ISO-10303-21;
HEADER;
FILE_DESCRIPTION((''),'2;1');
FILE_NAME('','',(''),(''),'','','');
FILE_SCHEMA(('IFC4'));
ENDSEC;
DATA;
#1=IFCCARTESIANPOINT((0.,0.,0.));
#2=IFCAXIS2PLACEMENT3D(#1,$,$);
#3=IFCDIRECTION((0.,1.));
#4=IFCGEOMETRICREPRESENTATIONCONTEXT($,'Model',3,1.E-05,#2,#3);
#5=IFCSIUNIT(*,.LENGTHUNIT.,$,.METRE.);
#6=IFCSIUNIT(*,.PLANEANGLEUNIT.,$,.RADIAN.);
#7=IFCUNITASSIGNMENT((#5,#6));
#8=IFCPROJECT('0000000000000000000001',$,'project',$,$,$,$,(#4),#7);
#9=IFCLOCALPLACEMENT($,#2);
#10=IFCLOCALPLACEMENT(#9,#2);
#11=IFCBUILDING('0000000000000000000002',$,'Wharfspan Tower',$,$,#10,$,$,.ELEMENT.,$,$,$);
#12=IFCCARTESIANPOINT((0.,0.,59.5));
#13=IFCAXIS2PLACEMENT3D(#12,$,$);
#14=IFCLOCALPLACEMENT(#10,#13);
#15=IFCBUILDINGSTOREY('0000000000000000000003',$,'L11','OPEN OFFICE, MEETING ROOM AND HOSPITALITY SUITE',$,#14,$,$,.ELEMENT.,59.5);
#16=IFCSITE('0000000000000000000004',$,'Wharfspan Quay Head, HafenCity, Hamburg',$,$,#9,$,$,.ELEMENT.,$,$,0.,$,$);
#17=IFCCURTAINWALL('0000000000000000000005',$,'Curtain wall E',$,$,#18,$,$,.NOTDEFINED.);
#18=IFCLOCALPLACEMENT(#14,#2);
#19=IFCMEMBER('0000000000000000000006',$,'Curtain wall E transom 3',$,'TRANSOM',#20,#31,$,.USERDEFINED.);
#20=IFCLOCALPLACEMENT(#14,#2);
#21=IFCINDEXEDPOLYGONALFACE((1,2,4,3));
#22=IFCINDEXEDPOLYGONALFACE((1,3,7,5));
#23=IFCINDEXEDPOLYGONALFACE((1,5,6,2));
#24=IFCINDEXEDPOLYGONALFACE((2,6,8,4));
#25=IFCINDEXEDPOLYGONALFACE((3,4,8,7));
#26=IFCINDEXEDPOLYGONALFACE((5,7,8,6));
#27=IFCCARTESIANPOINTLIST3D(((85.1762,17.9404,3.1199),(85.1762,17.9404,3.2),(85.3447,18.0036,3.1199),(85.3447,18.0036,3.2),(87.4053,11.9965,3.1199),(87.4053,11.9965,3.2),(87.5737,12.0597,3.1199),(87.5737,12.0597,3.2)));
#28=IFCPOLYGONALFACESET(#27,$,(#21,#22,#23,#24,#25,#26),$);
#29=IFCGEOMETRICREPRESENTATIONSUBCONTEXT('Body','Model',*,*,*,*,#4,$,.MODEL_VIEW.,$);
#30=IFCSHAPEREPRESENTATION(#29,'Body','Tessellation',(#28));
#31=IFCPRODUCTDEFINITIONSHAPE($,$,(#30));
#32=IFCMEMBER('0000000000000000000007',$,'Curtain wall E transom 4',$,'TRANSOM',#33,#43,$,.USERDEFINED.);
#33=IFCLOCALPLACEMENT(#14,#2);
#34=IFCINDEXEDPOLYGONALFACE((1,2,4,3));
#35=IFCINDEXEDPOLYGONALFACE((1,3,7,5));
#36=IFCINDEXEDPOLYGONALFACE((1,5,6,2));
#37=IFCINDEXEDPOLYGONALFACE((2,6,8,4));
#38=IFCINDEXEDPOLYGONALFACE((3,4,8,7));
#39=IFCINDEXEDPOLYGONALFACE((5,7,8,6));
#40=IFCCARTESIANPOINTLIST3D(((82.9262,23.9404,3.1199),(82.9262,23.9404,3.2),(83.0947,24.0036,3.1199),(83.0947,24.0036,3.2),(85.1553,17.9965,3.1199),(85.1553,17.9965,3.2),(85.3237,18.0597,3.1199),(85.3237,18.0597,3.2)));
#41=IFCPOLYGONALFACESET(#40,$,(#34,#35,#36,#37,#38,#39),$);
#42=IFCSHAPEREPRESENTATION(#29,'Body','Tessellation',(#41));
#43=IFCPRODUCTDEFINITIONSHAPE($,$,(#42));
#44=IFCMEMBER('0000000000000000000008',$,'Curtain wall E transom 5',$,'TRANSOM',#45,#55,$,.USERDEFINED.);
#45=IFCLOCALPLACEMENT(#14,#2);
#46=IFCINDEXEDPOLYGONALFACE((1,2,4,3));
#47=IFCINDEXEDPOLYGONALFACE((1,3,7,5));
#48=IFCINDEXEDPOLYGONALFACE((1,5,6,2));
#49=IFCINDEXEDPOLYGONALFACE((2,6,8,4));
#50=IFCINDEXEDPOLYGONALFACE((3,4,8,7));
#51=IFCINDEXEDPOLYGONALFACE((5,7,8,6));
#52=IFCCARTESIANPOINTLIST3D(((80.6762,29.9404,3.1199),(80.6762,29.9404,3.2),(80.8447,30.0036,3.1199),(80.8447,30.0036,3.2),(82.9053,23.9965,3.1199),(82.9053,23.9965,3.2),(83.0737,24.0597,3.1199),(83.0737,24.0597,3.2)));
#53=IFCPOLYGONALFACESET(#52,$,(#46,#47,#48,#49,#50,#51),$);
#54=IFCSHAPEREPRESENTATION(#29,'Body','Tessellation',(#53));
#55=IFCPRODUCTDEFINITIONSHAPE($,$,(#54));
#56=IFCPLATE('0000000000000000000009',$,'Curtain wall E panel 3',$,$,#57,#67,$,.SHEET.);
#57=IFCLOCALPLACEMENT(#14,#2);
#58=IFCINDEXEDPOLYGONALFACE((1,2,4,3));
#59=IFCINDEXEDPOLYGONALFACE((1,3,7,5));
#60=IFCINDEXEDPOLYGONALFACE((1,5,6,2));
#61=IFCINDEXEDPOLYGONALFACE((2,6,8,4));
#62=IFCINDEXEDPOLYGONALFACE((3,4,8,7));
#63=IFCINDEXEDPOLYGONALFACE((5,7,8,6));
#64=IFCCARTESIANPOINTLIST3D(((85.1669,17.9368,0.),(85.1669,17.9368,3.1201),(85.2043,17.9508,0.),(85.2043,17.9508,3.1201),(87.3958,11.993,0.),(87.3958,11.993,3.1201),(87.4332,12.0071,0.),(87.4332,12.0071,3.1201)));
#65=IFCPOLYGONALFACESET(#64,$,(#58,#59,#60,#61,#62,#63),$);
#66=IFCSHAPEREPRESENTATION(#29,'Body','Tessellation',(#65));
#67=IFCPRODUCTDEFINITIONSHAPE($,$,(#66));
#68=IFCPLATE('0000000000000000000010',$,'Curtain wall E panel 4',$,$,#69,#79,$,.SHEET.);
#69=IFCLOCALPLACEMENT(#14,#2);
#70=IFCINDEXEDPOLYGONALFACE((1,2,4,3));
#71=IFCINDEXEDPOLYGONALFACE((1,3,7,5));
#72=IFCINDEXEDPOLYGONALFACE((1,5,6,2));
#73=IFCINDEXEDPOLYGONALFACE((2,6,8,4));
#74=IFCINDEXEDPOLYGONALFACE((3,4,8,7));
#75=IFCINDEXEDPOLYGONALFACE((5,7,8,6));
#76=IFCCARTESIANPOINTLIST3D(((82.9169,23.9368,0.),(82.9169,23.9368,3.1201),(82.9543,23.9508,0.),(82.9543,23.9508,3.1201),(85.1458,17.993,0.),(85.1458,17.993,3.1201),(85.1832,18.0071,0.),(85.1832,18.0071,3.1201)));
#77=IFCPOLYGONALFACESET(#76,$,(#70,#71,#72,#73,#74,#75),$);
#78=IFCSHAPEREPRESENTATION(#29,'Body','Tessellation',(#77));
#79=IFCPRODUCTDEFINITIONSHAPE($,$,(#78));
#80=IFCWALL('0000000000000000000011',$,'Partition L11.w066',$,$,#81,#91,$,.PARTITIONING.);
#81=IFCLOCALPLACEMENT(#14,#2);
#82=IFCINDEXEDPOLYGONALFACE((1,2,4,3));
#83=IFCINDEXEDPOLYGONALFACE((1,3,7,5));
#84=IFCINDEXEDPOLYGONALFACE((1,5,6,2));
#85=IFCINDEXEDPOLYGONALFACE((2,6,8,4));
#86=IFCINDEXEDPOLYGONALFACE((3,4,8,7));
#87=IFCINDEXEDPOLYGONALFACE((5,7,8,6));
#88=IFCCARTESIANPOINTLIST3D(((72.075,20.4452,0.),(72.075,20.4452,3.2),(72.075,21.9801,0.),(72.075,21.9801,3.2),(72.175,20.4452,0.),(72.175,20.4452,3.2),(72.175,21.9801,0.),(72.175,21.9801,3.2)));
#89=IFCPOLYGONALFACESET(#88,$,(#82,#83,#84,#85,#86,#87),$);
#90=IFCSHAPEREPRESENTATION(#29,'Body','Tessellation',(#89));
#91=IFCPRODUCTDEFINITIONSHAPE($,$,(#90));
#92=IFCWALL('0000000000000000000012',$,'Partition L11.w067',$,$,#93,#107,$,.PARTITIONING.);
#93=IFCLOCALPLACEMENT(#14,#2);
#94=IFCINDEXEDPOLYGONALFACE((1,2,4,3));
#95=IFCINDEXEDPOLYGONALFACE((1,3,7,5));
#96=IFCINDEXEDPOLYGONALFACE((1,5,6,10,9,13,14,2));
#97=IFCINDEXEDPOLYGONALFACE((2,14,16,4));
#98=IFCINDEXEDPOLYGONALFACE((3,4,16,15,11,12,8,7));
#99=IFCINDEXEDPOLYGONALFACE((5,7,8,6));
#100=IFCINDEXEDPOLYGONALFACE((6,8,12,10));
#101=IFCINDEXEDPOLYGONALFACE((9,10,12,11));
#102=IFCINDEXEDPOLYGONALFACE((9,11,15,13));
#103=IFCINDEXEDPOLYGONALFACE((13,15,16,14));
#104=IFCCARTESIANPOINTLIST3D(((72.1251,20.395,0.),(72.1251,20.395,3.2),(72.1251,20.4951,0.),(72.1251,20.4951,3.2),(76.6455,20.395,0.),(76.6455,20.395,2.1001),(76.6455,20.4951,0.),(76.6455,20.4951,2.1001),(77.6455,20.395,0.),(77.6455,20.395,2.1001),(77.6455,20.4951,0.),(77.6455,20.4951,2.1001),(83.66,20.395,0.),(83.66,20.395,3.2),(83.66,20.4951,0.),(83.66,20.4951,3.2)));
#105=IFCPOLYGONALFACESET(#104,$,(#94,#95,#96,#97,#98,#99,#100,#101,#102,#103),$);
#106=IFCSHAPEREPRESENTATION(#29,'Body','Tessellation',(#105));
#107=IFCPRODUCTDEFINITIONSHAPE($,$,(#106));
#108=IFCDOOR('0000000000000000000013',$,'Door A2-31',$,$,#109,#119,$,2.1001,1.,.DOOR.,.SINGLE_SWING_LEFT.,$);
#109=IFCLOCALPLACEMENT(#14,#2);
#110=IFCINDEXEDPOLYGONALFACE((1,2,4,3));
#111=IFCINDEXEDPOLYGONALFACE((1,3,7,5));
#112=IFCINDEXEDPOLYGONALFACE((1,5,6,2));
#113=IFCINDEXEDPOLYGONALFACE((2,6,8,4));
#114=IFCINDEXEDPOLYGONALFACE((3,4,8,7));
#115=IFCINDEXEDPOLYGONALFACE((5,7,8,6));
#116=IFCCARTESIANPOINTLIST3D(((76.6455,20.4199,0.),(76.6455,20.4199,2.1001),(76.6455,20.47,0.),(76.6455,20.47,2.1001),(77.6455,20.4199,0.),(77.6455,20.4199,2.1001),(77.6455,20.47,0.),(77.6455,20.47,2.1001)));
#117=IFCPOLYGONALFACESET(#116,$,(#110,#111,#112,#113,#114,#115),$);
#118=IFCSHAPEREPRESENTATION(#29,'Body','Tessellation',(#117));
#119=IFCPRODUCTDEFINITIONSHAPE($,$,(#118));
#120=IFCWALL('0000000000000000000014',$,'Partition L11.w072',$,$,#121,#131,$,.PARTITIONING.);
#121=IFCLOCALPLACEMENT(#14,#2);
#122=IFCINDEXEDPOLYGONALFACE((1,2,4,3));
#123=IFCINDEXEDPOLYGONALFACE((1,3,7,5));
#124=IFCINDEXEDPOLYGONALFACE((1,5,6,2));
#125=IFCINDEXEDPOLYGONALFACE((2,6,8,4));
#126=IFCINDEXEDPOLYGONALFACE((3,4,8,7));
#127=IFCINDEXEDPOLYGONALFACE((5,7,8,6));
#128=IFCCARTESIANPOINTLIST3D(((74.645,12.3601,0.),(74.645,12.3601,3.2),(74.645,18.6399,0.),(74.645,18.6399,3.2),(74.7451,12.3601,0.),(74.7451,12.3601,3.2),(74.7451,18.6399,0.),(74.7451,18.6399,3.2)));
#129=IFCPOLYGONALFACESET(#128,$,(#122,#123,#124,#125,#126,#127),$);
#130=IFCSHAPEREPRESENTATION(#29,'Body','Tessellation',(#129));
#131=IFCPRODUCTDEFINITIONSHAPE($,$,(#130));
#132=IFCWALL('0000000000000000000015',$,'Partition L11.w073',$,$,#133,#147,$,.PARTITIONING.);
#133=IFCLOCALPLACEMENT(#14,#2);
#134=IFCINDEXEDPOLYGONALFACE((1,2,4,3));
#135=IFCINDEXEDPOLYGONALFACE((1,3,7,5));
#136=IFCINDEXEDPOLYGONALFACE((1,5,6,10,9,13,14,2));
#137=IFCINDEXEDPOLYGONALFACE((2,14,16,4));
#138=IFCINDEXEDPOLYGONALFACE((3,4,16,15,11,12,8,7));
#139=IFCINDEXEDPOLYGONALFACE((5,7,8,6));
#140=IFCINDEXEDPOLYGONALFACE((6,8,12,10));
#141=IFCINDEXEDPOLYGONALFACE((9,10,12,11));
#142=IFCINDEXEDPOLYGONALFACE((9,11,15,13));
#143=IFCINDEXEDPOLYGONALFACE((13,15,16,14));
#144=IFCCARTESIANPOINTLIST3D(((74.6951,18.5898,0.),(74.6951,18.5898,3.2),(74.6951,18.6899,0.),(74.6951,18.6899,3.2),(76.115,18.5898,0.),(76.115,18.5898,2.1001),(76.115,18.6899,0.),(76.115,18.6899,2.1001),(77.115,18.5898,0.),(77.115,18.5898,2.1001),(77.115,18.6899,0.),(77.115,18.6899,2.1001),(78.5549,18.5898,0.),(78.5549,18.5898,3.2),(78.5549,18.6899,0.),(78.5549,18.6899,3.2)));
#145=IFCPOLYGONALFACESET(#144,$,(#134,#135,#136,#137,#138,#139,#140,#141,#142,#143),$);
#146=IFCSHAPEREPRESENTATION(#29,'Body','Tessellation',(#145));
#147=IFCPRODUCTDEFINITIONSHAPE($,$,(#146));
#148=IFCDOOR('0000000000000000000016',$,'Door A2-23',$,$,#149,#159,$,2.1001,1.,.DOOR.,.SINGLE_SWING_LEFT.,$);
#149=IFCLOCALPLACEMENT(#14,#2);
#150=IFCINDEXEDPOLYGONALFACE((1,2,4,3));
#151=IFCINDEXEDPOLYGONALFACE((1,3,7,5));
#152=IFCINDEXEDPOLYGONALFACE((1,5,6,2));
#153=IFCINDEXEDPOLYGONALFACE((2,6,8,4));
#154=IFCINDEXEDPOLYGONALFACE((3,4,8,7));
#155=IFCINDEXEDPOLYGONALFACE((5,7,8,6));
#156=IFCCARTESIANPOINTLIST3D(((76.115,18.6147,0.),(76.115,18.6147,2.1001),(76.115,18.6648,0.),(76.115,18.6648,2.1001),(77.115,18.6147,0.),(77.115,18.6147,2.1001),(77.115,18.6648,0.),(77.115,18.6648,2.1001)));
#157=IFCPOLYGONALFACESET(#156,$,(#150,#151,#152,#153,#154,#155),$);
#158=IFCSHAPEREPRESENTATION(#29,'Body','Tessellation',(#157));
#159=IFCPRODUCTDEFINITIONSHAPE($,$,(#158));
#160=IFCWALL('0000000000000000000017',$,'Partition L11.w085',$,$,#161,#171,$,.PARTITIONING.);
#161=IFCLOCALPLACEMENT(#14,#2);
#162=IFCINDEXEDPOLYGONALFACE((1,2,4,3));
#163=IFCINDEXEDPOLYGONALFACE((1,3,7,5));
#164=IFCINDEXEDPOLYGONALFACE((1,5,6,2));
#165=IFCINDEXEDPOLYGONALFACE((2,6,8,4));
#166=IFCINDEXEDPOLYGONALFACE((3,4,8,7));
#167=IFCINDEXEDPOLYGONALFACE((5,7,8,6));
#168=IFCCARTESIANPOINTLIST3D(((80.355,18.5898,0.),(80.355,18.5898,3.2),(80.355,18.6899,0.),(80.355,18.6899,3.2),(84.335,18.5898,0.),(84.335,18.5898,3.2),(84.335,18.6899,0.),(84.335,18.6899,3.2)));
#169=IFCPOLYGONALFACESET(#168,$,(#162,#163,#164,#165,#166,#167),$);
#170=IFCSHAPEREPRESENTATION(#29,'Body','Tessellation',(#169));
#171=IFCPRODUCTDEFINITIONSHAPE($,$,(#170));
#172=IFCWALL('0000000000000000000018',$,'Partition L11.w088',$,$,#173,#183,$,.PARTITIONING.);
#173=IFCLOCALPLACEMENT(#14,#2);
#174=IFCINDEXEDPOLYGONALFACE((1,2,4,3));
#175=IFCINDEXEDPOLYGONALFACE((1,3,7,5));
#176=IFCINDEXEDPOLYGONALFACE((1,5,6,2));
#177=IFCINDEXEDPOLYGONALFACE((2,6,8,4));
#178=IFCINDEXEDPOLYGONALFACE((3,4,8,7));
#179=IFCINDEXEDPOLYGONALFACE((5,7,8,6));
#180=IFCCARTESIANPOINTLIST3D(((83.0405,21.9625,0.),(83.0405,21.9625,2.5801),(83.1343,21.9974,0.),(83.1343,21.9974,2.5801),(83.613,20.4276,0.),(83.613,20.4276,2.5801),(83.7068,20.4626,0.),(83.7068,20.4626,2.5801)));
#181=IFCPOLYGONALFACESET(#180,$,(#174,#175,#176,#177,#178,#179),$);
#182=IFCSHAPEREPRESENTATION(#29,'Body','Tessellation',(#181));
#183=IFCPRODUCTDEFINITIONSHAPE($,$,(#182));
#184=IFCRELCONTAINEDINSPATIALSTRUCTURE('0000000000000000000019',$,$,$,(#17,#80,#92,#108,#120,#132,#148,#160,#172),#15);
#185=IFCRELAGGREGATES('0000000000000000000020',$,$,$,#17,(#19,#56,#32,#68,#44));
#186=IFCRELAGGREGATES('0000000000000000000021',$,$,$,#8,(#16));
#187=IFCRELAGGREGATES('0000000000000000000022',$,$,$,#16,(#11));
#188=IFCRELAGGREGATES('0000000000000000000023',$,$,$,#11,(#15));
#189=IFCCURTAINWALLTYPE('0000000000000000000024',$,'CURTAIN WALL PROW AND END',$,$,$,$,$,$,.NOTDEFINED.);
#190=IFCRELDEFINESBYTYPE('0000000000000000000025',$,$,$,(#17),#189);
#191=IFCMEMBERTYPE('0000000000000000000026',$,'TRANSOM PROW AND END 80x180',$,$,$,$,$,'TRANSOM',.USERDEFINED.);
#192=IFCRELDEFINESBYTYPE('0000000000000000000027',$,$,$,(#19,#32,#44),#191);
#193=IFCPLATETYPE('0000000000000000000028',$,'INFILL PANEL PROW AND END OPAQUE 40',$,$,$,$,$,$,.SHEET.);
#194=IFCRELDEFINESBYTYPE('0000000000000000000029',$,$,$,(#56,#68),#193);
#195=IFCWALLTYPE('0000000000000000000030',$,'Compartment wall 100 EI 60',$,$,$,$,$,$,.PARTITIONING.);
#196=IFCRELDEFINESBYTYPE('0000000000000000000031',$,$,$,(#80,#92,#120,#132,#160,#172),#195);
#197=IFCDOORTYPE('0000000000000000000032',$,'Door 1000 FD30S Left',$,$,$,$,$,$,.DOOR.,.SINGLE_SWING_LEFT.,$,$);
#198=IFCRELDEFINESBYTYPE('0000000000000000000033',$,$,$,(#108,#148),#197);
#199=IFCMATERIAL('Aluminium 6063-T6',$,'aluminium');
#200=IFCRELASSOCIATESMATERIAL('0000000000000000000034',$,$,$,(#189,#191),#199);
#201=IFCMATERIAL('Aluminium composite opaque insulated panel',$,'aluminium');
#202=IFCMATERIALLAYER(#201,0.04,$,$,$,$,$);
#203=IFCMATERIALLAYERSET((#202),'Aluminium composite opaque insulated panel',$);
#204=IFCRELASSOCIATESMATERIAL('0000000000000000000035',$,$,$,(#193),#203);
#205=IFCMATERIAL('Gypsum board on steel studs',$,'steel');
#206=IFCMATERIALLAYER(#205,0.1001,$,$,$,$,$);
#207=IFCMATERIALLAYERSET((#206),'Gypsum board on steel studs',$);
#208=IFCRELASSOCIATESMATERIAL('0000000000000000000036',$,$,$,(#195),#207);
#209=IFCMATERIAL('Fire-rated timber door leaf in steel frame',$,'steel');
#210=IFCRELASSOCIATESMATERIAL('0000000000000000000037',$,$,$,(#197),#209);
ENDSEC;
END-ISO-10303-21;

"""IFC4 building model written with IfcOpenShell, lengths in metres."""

from ifc_helpers import new_model, si_unit, direction, frame, frame_2d, origin, origin_2d, place, context, subcontext, project, spatial, rectangle, extrude, material, layer, layer_set, material_profile, profile_set, type_object, element, fill, aggregate, save


model = new_model("IFC4")

# Units and contexts
model_context = context("Model", 3, precision=1e-05, world=origin(), true_north=direction((0.0, 1.0)))
body_context = subcontext(model_context, "Body", "Model", "MODEL_VIEW")
ifc_project = project(units=[si_unit("LENGTHUNIT", "METRE"), si_unit("PLANEANGLEUNIT", "RADIAN")], contexts=[model_context])

# Site, building, storey
site_placement = place(None, origin())
site = spatial("IfcSite", under=ifc_project, at=site_placement, Name="Wharfspan Quay Head, HafenCity, Hamburg", CompositionType="ELEMENT", RefElevation=0.0)
building_placement = place(site_placement, origin())
building = spatial("IfcBuilding", under=site, at=building_placement, Name="Wharfspan Tower", CompositionType="ELEMENT")
storey_placement = place(building_placement, frame((0.0, 0.0, 59.5)))
storey = spatial("IfcBuildingStorey", under=building, at=storey_placement, Name="L11", Description="OPEN OFFICE, MEETING ROOM AND HOSPITALITY SUITE", CompositionType="ELEMENT", Elevation=59.5)

# Curtain wall
ifc_material_1 = material(Name="Aluminium 6063-T6", Category="aluminium")
curtain_wall_type = type_object("IfcCurtainWallType", Name="CURTAIN WALL PROW AND END", PredefinedType="NOTDEFINED", material=ifc_material_1)
curtain_wall_placement = place(storey_placement, origin())
curtain_wall = element("IfcCurtainWall", 1, at=curtain_wall_placement, inside=storey, type_object=curtain_wall_type, Name="Curtain wall E", PredefinedType="NOTDEFINED")

# Members
ifc_material_profile_1 = material_profile(ifc_material_1, rectangle(XDim=0.1799, YDim=0.0801, at=origin_2d()))
ifc_profile_set_1 = profile_set([ifc_material_profile_1], Name="Aluminium 6063-T6")
member_type_1 = type_object("IfcMemberType", Name="TRANSOM PROW AND END 80x180", ElementType="TRANSOM", PredefinedType="USERDEFINED", material=ifc_profile_set_1)
member_1_placement = place(storey_placement, frame((87.4895, 12.0281, 3.1599), z_axis=(-0.351132, 0.936326, 0.0), x_axis=(-0.936326, -0.351132, 0.0)))
member_1 = element("IfcMember", 2, at=member_1_placement, type_object=member_type_1, Name="Curtain wall E transom 3", ObjectType="TRANSOM", PredefinedType="USERDEFINED", context=body_context, shape_type="SweptSolid", body=[
    extrude(rectangle(XDim=0.1799, YDim=0.0801, at=origin_2d()), origin(), (0.0, 0.0, 1.0), 6.3481),
])
member_2_placement = place(storey_placement, frame((85.2395, 18.0281, 3.1599), z_axis=(-0.351132, 0.936326, 0.0), x_axis=(-0.936326, -0.351132, 0.0)))
member_2 = element("IfcMember", 3, at=member_2_placement, type_object=member_type_1, Name="Curtain wall E transom 4", ObjectType="TRANSOM", PredefinedType="USERDEFINED", context=body_context, shape_type="SweptSolid", body=[
    extrude(rectangle(XDim=0.1799, YDim=0.0801, at=origin_2d()), origin(), (0.0, 0.0, 1.0), 6.3481),
])
member_3_placement = place(storey_placement, frame((82.9895, 24.0281, 3.1599), z_axis=(-0.351132, 0.936326, 0.0), x_axis=(-0.936326, -0.351132, 0.0)))
member_3 = element("IfcMember", 4, at=member_3_placement, type_object=member_type_1, Name="Curtain wall E transom 5", ObjectType="TRANSOM", PredefinedType="USERDEFINED", context=body_context, shape_type="SweptSolid", body=[
    extrude(rectangle(XDim=0.1799, YDim=0.0801, at=origin_2d()), origin(), (0.0, 0.0, 1.0), 6.3481),
])

# Plates
ifc_material_2 = material(Name="Aluminium composite opaque insulated panel", Category="aluminium")
ifc_layer_1 = layer(ifc_material_2, 0.04)
ifc_layer_set_1 = layer_set([ifc_layer_1], Name="Aluminium composite opaque insulated panel")
plate_type = type_object("IfcPlateType", Name="INFILL PANEL PROW AND END OPAQUE 40", PredefinedType="SHEET", material=ifc_layer_set_1)
plate_1_placement = place(storey_placement, frame((86.3, 14.9719, 0.0), z_axis=(0.0, 0.0, 1.0), x_axis=(-0.351123, 0.936328, 0.0)))
plate_1 = element("IfcPlate", 5, at=plate_1_placement, type_object=plate_type, Name="Curtain wall E panel 3", PredefinedType="SHEET", context=body_context, shape_type="SweptSolid", body=[
    extrude(rectangle(XDim=6.3479, YDim=0.04, at=origin_2d()), origin(), (0.0, 0.0, 1.0), 3.1201),
])
plate_2_placement = place(storey_placement, frame((84.05, 20.9719, 0.0), z_axis=(0.0, 0.0, 1.0), x_axis=(-0.351123, 0.936328, 0.0)))
plate_2 = element("IfcPlate", 6, at=plate_2_placement, type_object=plate_type, Name="Curtain wall E panel 4", PredefinedType="SHEET", context=body_context, shape_type="SweptSolid", body=[
    extrude(rectangle(XDim=6.3479, YDim=0.04, at=origin_2d()), origin(), (0.0, 0.0, 1.0), 3.1201),
])
aggregate(curtain_wall, [member_1, plate_1, member_2, plate_2, member_3])

# Wall
ifc_material_3 = material(Name="Gypsum board on steel studs", Category="steel")
ifc_layer_2 = layer(ifc_material_3, 0.1001)
ifc_layer_set_2 = layer_set([ifc_layer_2], Name="Gypsum board on steel studs")
wall_type_1 = type_object("IfcWallType", Name="Compartment wall 100 EI 60", PredefinedType="PARTITIONING", material=ifc_layer_set_2)
wall_1_placement = place(storey_placement, frame((72.125, 20.4451, 0.0), z_axis=(0.0, 0.0, 1.0), x_axis=(0.0, 1.0, 0.0)))
element("IfcWall", 7, at=wall_1_placement, inside=storey, type_object=wall_type_1, Name="Partition L11.w066", PredefinedType="PARTITIONING", context=body_context, shape_type="SweptSolid", body=[
    extrude(rectangle(XDim=1.5349, YDim=0.1001, at=frame_2d((0.7676, 0.0))), origin(), (0.0, 0.0, 1.0), 3.2),
])

# Wall, opening, door
wall_2_placement = place(storey_placement, frame((72.125, 20.4451, 0.0), z_axis=(0.0, 0.0, 1.0), x_axis=(1.0, 0.0, 0.0)))
wall_2 = element("IfcWall", 8, at=wall_2_placement, inside=storey, type_object=wall_type_1, Name="Partition L11.w067", PredefinedType="PARTITIONING", context=body_context, shape_type="SweptSolid", body=[
    extrude(rectangle(XDim=11.5349, YDim=0.1001, at=frame_2d((5.7676, 0.0))), origin(), (0.0, 0.0, 1.0), 3.2),
])
opening_1_placement = place(wall_2_placement, frame((4.5205, 0.0, 0.0)))
opening_1 = element("IfcOpeningElement", 9, at=opening_1_placement, cuts=wall_2, PredefinedType="OPENING", context=body_context, shape_type="SweptSolid", body=[
    extrude(rectangle(XDim=1.0, YDim=2.1001, at=frame_2d((0.5, 1.05))), frame((0.0, 0.0601, 0.0), z_axis=(0.0, -1.0, 0.0), x_axis=(1.0, 0.0, 0.0)), (0.0, 0.0, 1.0), 0.1201),
])
ifc_material_4 = material(Name="Fire-rated timber door leaf in steel frame", Category="steel")
door_type_1 = type_object("IfcDoorType", Name="Door 1000 FD30S Left", OperationType="SINGLE_SWING_LEFT", PredefinedType="DOOR", material=ifc_material_4)
door_1_placement = place(opening_1_placement, origin())
door_1 = element("IfcDoor", 10, at=door_1_placement, inside=storey, type_object=door_type_1, Name="Door A2-31", OperationType="SINGLE_SWING_LEFT", OverallHeight=2.1001, OverallWidth=1.0, PredefinedType="DOOR", context=body_context, shape_type="SweptSolid", body=[
    extrude(rectangle(XDim=1.0, YDim=2.1001, at=frame_2d((0.5, 1.05))), frame((0.0, 0.0249, 0.0), z_axis=(0.0, -1.0, 0.0), x_axis=(1.0, 0.0, 0.0)), (0.0, 0.0, 1.0), 0.05),
])
fill(opening_1, door_1)

# Wall
wall_3_placement = place(storey_placement, frame((74.6951, 12.3601, 0.0), z_axis=(0.0, 0.0, 1.0), x_axis=(0.0, 1.0, 0.0)))
element("IfcWall", 11, at=wall_3_placement, inside=storey, type_object=wall_type_1, Name="Partition L11.w072", PredefinedType="PARTITIONING", context=body_context, shape_type="SweptSolid", body=[
    extrude(rectangle(XDim=6.2798, YDim=0.1001, at=frame_2d((3.1399, 0.0))), origin(), (0.0, 0.0, 1.0), 3.2),
])

# Wall, opening, door
wall_4_placement = place(storey_placement, frame((74.6951, 18.6399, 0.0), z_axis=(0.0, 0.0, 1.0), x_axis=(1.0, 0.0, 0.0)))
wall_4 = element("IfcWall", 12, at=wall_4_placement, inside=storey, type_object=wall_type_1, Name="Partition L11.w073", PredefinedType="PARTITIONING", context=body_context, shape_type="SweptSolid", body=[
    extrude(rectangle(XDim=3.8599, YDim=0.1001, at=frame_2d((1.9299, 0.0))), origin(), (0.0, 0.0, 1.0), 3.2),
])
opening_2_placement = place(wall_4_placement, frame((1.4199, 0.0, 0.0)))
opening_2 = element("IfcOpeningElement", 13, at=opening_2_placement, cuts=wall_4, PredefinedType="OPENING", context=body_context, shape_type="SweptSolid", body=[
    extrude(rectangle(XDim=1.0, YDim=2.1001, at=frame_2d((0.5, 1.05))), frame((0.0, 0.0601, 0.0), z_axis=(0.0, -1.0, 0.0), x_axis=(1.0, 0.0, 0.0)), (0.0, 0.0, 1.0), 0.1201),
])
door_2_placement = place(opening_2_placement, origin())
door_2 = element("IfcDoor", 14, at=door_2_placement, inside=storey, type_object=door_type_1, Name="Door A2-23", OperationType="SINGLE_SWING_LEFT", OverallHeight=2.1001, OverallWidth=1.0, PredefinedType="DOOR", context=body_context, shape_type="SweptSolid", body=[
    extrude(rectangle(XDim=1.0, YDim=2.1001, at=frame_2d((0.5, 1.05))), frame((0.0, 0.0249, 0.0), z_axis=(0.0, -1.0, 0.0), x_axis=(1.0, 0.0, 0.0)), (0.0, 0.0, 1.0), 0.05),
])
fill(opening_2, door_2)

# Walls
wall_5_placement = place(storey_placement, frame((80.355, 18.6399, 0.0), z_axis=(0.0, 0.0, 1.0), x_axis=(1.0, 0.0, 0.0)))
element("IfcWall", 15, at=wall_5_placement, inside=storey, type_object=wall_type_1, Name="Partition L11.w085", PredefinedType="PARTITIONING", context=body_context, shape_type="SweptSolid", body=[
    extrude(rectangle(XDim=3.98, YDim=0.1001, at=frame_2d((1.99, 0.0))), origin(), (0.0, 0.0, 1.0), 3.2),
])
wall_6_placement = place(storey_placement, frame((83.6599, 20.4451, 0.0), z_axis=(0.0, 0.0, 1.0), x_axis=(-0.349474, 0.936948, 0.0)))
element("IfcWall", 16, at=wall_6_placement, inside=storey, type_object=wall_type_1, Name="Partition L11.w088", PredefinedType="PARTITIONING", context=body_context, shape_type="SweptSolid", body=[
    extrude(rectangle(XDim=1.6382, YDim=0.1001, at=frame_2d((0.8191, 0.0))), origin(), (0.0, 0.0, 1.0), 2.5801),
])

save(model, "model.ifc")
